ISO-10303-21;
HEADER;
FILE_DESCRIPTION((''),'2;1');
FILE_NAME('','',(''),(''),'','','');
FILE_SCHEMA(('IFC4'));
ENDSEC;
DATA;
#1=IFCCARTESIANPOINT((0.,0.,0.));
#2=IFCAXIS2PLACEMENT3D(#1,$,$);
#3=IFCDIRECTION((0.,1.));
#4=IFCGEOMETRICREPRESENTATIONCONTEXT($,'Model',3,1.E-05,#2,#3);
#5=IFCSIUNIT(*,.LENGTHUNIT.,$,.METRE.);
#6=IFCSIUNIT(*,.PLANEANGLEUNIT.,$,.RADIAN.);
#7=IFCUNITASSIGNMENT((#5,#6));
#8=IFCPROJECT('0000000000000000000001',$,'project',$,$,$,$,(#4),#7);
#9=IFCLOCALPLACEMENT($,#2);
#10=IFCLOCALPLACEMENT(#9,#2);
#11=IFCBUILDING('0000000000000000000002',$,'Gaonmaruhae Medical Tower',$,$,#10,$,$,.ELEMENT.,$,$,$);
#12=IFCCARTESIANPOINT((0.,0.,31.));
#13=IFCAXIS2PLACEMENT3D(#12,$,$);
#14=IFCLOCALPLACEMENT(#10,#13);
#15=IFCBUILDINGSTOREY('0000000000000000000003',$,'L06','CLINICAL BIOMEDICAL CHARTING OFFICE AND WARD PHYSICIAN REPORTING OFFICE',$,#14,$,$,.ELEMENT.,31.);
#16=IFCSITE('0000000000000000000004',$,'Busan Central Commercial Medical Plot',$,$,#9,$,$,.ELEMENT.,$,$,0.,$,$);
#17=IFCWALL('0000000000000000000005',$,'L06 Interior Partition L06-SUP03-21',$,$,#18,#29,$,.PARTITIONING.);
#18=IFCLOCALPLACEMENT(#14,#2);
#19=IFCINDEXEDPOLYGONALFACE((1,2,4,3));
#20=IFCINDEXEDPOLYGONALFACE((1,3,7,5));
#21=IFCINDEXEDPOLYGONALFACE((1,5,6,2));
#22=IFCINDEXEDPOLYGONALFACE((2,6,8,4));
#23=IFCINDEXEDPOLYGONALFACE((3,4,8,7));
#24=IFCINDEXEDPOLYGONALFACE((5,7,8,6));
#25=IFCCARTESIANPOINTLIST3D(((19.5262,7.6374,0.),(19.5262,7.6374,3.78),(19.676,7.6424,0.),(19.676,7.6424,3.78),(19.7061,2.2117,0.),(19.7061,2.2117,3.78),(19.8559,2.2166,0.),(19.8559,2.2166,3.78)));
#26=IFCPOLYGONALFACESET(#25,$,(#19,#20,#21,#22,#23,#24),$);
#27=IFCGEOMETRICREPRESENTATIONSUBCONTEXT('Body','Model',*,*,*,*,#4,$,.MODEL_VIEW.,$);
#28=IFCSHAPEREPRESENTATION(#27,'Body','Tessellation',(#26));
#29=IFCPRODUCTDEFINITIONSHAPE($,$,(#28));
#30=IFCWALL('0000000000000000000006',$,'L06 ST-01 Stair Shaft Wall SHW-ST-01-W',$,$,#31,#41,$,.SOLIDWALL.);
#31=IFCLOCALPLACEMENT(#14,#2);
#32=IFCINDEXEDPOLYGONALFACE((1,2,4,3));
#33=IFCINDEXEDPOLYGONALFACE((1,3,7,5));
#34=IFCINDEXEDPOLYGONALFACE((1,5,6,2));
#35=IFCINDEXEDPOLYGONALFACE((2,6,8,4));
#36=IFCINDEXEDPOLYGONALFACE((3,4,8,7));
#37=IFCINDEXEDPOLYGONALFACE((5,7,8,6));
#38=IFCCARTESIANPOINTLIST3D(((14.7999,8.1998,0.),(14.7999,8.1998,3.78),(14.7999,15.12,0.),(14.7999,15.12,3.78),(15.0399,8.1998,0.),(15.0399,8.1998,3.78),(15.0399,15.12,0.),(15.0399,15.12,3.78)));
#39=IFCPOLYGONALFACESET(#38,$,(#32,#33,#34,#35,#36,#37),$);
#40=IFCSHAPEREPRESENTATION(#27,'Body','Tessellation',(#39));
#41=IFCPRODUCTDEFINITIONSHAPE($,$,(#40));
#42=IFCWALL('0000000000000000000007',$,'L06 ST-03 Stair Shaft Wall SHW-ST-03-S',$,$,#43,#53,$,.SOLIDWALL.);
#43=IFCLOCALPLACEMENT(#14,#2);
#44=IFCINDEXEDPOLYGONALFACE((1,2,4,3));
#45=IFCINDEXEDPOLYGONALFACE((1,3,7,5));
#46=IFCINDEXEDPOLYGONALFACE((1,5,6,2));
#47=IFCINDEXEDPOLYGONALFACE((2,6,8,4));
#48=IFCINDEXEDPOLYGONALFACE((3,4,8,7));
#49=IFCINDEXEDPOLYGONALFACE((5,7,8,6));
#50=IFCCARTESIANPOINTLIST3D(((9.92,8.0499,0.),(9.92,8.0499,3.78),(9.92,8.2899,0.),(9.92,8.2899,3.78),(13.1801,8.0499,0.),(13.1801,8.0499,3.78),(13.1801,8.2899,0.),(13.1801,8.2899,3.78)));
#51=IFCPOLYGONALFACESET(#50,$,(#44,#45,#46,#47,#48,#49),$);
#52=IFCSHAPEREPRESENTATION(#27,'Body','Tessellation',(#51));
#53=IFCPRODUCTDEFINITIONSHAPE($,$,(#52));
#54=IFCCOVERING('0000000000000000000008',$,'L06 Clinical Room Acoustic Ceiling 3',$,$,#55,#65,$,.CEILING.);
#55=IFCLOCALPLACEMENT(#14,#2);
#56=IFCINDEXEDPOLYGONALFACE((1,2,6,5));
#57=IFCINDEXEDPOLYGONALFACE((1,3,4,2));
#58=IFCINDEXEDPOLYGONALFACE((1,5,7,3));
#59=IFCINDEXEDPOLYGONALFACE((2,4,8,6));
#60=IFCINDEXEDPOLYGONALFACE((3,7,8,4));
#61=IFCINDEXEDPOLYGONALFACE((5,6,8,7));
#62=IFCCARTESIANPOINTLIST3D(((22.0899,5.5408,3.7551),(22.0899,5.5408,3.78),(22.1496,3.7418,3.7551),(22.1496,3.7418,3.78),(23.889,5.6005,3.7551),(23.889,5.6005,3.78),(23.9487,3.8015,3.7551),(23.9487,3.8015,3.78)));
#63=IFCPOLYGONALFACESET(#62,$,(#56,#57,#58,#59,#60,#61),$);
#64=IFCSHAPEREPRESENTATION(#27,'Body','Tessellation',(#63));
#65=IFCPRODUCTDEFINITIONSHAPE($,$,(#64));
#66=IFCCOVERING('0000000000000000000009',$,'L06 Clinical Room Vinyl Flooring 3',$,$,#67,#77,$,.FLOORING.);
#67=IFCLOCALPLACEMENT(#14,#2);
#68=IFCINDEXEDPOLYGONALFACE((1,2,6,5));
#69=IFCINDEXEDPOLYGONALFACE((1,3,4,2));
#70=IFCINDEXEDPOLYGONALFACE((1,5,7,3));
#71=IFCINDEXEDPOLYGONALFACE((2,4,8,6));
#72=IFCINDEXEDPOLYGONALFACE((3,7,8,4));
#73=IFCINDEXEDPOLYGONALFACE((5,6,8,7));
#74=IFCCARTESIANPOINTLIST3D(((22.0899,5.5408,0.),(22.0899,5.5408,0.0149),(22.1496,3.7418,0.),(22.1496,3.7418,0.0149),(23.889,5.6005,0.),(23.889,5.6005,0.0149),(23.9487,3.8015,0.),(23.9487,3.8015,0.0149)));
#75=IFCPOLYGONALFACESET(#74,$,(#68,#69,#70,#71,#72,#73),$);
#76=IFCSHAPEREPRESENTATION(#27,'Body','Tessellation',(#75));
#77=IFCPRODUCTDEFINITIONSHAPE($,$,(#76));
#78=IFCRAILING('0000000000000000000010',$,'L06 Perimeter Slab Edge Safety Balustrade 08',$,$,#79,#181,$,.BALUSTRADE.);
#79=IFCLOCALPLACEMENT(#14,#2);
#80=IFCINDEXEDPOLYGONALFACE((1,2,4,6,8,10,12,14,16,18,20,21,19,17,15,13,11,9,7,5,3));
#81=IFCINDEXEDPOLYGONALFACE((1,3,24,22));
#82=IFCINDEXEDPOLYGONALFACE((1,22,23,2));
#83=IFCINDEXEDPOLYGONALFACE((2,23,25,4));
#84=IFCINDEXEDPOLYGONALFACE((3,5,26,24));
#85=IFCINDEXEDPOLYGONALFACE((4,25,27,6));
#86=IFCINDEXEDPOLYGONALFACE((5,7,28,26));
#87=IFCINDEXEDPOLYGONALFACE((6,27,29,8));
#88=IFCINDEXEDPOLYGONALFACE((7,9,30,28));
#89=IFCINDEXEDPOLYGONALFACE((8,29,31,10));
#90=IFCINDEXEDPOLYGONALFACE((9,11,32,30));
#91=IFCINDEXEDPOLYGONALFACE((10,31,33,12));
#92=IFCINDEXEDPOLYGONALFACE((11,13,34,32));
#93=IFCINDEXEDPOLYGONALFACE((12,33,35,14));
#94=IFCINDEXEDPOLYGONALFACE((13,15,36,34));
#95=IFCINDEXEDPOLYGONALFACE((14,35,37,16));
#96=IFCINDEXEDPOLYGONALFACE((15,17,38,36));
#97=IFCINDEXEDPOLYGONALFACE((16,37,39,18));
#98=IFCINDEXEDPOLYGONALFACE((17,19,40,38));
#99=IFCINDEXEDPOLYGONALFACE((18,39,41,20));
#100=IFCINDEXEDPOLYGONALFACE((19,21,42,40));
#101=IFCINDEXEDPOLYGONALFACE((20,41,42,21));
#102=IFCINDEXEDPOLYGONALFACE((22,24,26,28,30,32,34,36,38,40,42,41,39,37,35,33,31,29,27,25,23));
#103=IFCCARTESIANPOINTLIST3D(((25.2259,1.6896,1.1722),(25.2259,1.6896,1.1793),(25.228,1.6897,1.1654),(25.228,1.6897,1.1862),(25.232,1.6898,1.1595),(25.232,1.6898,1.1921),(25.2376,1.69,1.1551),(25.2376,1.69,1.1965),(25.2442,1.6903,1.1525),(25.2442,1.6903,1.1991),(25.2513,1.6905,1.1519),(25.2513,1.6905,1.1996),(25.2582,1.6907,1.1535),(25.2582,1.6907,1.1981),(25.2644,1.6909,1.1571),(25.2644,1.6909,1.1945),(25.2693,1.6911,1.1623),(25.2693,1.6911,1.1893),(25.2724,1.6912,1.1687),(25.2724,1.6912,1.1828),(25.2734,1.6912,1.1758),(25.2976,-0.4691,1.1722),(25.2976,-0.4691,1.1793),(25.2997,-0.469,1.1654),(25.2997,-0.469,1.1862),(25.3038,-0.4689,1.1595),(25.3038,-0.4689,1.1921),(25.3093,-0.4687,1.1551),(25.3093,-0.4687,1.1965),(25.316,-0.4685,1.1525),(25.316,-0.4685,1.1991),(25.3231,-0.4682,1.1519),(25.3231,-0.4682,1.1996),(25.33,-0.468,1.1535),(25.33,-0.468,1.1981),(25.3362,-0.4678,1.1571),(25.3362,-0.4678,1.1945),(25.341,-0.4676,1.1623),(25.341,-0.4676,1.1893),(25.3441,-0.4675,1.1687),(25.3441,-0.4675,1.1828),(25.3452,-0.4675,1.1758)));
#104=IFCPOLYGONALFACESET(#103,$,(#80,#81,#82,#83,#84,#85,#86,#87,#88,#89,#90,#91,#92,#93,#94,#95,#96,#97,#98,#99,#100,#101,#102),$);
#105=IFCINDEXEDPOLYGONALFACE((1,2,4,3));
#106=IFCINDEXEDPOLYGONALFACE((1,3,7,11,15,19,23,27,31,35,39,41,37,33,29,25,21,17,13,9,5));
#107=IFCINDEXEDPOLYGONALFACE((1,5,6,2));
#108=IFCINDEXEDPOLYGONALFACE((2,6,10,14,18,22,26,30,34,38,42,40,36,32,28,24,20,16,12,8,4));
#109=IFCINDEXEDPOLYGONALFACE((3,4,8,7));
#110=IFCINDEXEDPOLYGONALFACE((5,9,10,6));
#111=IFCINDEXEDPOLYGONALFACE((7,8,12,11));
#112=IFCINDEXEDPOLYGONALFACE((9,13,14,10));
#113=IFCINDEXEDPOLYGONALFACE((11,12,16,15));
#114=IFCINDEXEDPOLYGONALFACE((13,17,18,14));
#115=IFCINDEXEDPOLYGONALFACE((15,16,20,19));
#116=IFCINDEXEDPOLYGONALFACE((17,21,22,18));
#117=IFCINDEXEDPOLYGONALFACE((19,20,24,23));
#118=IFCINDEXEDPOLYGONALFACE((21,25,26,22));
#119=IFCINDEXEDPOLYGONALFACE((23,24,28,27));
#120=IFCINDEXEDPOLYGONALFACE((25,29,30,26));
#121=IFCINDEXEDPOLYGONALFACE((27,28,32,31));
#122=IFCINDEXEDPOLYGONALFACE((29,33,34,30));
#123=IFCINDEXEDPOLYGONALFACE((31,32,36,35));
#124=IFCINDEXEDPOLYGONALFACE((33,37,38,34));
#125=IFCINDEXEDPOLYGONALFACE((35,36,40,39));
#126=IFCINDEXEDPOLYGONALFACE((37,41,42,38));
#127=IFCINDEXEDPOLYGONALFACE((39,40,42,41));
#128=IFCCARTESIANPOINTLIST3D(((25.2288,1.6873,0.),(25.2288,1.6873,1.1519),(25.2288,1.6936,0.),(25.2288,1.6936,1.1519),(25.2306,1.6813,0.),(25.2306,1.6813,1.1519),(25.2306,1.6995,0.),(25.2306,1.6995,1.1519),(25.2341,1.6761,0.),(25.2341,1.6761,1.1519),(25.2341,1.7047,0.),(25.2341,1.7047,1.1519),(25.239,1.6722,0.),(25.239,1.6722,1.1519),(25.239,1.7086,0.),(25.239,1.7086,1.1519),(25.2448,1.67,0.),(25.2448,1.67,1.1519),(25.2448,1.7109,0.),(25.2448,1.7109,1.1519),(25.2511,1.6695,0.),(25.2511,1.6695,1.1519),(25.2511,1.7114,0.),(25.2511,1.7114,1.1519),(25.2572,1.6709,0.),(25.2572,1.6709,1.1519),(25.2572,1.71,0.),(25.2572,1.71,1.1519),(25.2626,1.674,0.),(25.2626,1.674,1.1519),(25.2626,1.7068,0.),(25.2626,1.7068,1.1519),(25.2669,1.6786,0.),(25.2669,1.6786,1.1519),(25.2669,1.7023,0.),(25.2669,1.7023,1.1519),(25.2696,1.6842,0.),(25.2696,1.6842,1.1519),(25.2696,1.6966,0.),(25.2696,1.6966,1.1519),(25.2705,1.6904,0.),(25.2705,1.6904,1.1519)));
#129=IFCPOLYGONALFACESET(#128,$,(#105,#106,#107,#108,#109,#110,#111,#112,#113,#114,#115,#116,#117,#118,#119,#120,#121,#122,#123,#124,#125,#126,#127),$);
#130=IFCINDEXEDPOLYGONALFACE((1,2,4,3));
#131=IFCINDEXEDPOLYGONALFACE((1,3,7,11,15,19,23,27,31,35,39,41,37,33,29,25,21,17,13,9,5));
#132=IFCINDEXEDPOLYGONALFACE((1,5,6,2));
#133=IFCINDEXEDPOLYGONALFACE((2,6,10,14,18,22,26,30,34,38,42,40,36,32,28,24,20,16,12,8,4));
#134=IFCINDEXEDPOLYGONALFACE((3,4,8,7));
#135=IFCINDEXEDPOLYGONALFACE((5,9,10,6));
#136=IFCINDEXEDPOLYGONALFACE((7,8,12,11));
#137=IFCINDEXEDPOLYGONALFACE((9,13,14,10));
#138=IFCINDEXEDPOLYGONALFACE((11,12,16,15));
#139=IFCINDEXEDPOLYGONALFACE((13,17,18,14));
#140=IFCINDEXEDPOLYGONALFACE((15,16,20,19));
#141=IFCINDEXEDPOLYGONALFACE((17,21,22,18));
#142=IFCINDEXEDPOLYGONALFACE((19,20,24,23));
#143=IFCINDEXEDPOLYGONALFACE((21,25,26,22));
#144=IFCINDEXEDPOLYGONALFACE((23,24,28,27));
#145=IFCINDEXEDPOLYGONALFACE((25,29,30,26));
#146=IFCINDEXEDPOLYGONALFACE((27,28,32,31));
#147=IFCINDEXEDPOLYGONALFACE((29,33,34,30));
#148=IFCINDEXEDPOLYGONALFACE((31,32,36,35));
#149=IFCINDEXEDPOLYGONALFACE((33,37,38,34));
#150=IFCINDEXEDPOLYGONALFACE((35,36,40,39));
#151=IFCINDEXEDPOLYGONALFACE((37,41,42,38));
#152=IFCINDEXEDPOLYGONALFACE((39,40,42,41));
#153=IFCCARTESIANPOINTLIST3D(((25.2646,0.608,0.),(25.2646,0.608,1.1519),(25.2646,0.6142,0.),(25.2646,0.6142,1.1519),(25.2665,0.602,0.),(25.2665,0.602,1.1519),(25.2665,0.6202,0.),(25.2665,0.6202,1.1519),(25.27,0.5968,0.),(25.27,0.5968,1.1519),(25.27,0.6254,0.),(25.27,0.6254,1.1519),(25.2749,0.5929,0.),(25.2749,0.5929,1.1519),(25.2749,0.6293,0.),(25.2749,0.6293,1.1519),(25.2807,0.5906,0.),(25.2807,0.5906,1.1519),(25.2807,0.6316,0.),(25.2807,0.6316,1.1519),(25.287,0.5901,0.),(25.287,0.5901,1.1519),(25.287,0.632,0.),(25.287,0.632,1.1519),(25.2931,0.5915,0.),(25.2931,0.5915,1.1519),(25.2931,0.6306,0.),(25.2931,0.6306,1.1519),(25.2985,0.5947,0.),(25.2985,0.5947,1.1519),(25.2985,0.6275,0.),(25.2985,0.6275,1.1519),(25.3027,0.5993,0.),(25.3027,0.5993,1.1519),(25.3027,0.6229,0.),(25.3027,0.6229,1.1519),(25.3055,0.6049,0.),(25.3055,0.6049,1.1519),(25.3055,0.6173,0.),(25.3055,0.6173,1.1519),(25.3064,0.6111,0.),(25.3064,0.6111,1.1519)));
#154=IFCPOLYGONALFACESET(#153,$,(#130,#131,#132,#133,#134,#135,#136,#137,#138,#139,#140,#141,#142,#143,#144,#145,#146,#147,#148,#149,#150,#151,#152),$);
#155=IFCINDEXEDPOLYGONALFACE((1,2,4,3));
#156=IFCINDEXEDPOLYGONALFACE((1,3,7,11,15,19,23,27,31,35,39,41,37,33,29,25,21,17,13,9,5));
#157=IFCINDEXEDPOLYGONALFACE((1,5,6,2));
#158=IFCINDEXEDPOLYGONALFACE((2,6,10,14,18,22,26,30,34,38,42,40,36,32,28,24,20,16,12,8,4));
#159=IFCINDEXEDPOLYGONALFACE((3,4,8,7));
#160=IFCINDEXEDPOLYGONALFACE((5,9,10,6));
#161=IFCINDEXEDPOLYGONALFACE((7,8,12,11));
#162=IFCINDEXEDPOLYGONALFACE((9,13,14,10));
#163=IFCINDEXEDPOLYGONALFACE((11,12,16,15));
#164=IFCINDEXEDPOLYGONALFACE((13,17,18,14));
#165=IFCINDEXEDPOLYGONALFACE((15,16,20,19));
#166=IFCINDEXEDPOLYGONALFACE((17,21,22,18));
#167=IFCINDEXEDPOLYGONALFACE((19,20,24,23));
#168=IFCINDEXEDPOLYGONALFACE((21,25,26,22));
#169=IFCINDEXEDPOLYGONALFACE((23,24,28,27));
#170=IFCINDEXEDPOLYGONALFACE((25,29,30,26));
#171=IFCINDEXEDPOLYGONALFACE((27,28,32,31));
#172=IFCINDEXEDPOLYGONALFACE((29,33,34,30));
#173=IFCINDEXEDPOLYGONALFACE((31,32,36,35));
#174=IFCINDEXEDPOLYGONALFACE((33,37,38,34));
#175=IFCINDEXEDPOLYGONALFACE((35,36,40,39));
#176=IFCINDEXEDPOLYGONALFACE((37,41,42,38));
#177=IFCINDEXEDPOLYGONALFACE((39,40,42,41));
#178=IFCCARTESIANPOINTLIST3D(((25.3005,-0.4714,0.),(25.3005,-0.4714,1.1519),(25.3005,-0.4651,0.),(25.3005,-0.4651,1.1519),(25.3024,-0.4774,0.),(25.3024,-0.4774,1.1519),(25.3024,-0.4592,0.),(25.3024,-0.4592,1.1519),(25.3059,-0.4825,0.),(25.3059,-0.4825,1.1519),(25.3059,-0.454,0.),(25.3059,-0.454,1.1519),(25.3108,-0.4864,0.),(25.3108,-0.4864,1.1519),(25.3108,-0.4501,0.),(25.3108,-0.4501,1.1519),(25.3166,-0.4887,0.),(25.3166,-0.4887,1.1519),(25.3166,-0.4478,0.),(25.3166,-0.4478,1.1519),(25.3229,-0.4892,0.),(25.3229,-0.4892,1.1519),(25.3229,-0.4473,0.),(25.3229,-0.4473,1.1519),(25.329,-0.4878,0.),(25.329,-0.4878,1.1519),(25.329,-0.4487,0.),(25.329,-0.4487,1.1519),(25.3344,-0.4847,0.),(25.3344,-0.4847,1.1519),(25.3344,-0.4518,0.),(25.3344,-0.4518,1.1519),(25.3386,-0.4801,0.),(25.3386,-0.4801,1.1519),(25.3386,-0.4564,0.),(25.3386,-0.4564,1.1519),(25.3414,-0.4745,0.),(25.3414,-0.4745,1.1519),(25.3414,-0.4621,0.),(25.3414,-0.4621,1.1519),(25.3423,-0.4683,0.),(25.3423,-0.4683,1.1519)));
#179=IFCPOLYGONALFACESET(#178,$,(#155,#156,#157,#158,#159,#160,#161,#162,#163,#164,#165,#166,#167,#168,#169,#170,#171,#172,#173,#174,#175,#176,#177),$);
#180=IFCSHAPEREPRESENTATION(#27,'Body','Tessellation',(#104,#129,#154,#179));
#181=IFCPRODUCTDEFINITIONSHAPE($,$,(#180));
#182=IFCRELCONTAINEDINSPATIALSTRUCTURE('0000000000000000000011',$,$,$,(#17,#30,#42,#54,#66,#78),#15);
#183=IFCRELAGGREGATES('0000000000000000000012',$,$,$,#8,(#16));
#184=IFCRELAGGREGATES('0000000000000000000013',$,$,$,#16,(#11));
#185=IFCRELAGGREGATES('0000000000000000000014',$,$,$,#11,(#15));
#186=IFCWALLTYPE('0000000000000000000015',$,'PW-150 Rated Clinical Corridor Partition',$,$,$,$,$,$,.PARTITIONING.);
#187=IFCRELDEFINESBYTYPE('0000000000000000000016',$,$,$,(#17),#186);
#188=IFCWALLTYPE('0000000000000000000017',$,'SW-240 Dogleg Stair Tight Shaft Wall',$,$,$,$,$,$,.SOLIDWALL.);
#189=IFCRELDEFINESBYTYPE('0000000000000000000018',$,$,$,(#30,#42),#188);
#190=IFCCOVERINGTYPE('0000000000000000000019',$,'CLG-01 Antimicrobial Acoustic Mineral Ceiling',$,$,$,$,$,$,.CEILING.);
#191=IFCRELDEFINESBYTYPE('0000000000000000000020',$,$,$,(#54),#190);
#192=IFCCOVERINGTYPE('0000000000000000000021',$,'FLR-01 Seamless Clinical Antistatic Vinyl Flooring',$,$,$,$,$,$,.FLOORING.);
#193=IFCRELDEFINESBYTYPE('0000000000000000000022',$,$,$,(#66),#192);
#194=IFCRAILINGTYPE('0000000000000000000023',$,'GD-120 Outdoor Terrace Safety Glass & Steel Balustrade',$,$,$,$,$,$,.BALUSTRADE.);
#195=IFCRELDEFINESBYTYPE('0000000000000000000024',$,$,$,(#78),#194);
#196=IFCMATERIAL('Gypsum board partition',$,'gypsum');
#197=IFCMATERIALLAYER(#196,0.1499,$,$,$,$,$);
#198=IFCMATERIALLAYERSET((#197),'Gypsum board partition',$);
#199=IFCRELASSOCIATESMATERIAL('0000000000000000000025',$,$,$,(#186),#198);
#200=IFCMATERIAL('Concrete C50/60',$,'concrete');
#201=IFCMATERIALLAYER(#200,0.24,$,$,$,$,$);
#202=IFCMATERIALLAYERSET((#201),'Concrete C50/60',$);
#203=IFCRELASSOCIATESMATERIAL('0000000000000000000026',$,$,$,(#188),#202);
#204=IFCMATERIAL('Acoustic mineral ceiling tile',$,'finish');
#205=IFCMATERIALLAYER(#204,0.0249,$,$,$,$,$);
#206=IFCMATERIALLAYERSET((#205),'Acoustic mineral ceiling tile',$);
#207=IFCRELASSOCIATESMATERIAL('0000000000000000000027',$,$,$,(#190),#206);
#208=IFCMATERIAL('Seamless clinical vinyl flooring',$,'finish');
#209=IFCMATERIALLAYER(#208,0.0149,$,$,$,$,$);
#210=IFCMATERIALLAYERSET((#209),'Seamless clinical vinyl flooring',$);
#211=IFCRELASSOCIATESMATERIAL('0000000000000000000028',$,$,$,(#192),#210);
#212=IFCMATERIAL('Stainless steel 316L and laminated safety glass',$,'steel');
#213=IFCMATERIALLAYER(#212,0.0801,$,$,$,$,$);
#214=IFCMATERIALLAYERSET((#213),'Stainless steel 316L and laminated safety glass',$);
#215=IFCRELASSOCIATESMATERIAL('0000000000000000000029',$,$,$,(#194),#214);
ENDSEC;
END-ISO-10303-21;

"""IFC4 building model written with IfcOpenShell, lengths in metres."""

from ifc_helpers import new_model, si_unit, direction, frame, frame_2d, origin, origin_2d, place, context, subcontext, project, spatial, rectangle, circle, extrude, material, layer, layer_set, type_object, element, save


model = new_model("IFC4")

# Units and contexts
model_context = context("Model", 3, precision=1e-05, world=origin(), true_north=direction((0.0, 1.0)))
body_context = subcontext(model_context, "Body", "Model", "MODEL_VIEW")
ifc_project = project(units=[si_unit("LENGTHUNIT", "METRE"), si_unit("PLANEANGLEUNIT", "RADIAN")], contexts=[model_context])

# Site, building, storey
site_placement = place(None, origin())
site = spatial("IfcSite", under=ifc_project, at=site_placement, Name="Busan Central Commercial Medical Plot", CompositionType="ELEMENT", RefElevation=0.0)
building_placement = place(site_placement, origin())
building = spatial("IfcBuilding", under=site, at=building_placement, Name="Gaonmaruhae Medical Tower", CompositionType="ELEMENT")
storey_placement = place(building_placement, frame((0.0, 0.0, 31.0)))
storey = spatial("IfcBuildingStorey", under=building, at=storey_placement, Name="L06", Description="CLINICAL BIOMEDICAL CHARTING OFFICE AND WARD PHYSICIAN REPORTING OFFICE", CompositionType="ELEMENT", Elevation=31.0)

# Walls
ifc_material_1 = material(Name="Gypsum board partition", Category="gypsum")
ifc_layer_1 = layer(ifc_material_1, 0.1499)
ifc_layer_set_1 = layer_set([ifc_layer_1], Name="Gypsum board partition")
wall_type_1 = type_object("IfcWallType", Name="PW-150 Rated Clinical Corridor Partition", PredefinedType="PARTITIONING", material=ifc_layer_set_1)
wall_1_placement = place(storey_placement, frame((19.6011, 7.6399, 0.0), z_axis=(0.0, 0.0, 1.0), x_axis=(0.033144, -0.999451, 0.0)))
element("IfcWall", 1, at=wall_1_placement, inside=storey, type_object=wall_type_1, Name="L06 Interior Partition L06-SUP03-21", PredefinedType="PARTITIONING", context=body_context, shape_type="SweptSolid", body=[
    extrude(rectangle(XDim=5.4287, YDim=0.1499, at=frame_2d((2.7144, 0.0))), origin(), (0.0, 0.0, 1.0), 3.78),
])
ifc_material_2 = material(Name="Concrete C50/60", Category="concrete")
ifc_layer_2 = layer(ifc_material_2, 0.24)
ifc_layer_set_2 = layer_set([ifc_layer_2], Name="Concrete C50/60")
wall_type_2 = type_object("IfcWallType", Name="SW-240 Dogleg Stair Tight Shaft Wall", PredefinedType="SOLIDWALL", material=ifc_layer_set_2)
wall_2_placement = place(storey_placement, frame((14.9199, 8.2, 0.0), z_axis=(0.0, 0.0, 1.0), x_axis=(0.0, 1.0, 0.0)))
element("IfcWall", 2, at=wall_2_placement, inside=storey, type_object=wall_type_2, Name="L06 ST-01 Stair Shaft Wall SHW-ST-01-W", PredefinedType="SOLIDWALL", context=body_context, shape_type="SweptSolid", body=[
    extrude(rectangle(XDim=6.9202, YDim=0.24, at=frame_2d((3.46, 0.0))), origin(), (0.0, 0.0, 1.0), 3.78),
])
wall_3_placement = place(storey_placement, frame((13.1799, 8.1699, 0.0), z_axis=(0.0, 0.0, 1.0), x_axis=(-1.0, 0.0, 0.0)))
element("IfcWall", 3, at=wall_3_placement, inside=storey, type_object=wall_type_2, Name="L06 ST-03 Stair Shaft Wall SHW-ST-03-S", PredefinedType="SOLIDWALL", context=body_context, shape_type="SweptSolid", body=[
    extrude(rectangle(XDim=3.26, YDim=0.24, at=frame_2d((1.6299, 0.0))), origin(), (0.0, 0.0, 1.0), 3.78),
])

# Coverings
ifc_material_3 = material(Name="Acoustic mineral ceiling tile", Category="finish")
ifc_layer_3 = layer(ifc_material_3, 0.0249)
ifc_layer_set_3 = layer_set([ifc_layer_3], Name="Acoustic mineral ceiling tile")
covering_type_1 = type_object("IfcCoveringType", Name="CLG-01 Antimicrobial Acoustic Mineral Ceiling", PredefinedType="CEILING", material=ifc_layer_set_3)
covering_1_placement = place(storey_placement, frame((23.0193, 4.6711, 3.7551), z_axis=(0.0, 0.0, 1.0), x_axis=(0.99945, 0.033155, 0.0)))
element("IfcCovering", 4, at=covering_1_placement, inside=storey, type_object=covering_type_1, Name="L06 Clinical Room Acoustic Ceiling 3", PredefinedType="CEILING", context=body_context, shape_type="SweptSolid", body=[
    extrude(rectangle(XDim=1.8, YDim=1.8, at=origin_2d()), origin(), (0.0, 0.0, 1.0), 0.0249),
])
ifc_material_4 = material(Name="Seamless clinical vinyl flooring", Category="finish")
ifc_layer_4 = layer(ifc_material_4, 0.0149)
ifc_layer_set_4 = layer_set([ifc_layer_4], Name="Seamless clinical vinyl flooring")
covering_type_2 = type_object("IfcCoveringType", Name="FLR-01 Seamless Clinical Antistatic Vinyl Flooring", PredefinedType="FLOORING", material=ifc_layer_set_4)
covering_2_placement = place(storey_placement, frame((23.0193, 4.6711, 0.0), z_axis=(0.0, 0.0, 1.0), x_axis=(0.99945, 0.033155, 0.0)))
element("IfcCovering", 5, at=covering_2_placement, inside=storey, type_object=covering_type_2, Name="L06 Clinical Room Vinyl Flooring 3", PredefinedType="FLOORING", context=body_context, shape_type="SweptSolid", body=[
    extrude(rectangle(XDim=1.8, YDim=1.8, at=origin_2d()), origin(), (0.0, 0.0, 1.0), 0.0149),
])

# Railing
ifc_material_5 = material(Name="Stainless steel 316L and laminated safety glass", Category="steel")
ifc_layer_5 = layer(ifc_material_5, 0.0801)
ifc_layer_set_5 = layer_set([ifc_layer_5], Name="Stainless steel 316L and laminated safety glass")
railing_type = type_object("IfcRailingType", Name="GD-120 Outdoor Terrace Safety Glass & Steel Balustrade", PredefinedType="BALUSTRADE", material=ifc_layer_set_5)
railing_1_placement = place(storey_placement, frame((25.2495, 1.6904, 0.0)))
element("IfcRailing", 6, at=railing_1_placement, inside=storey, type_object=railing_type, Name="L06 Perimeter Slab Edge Safety Balustrade 08", PredefinedType="BALUSTRADE", context=body_context, shape_type="SweptSolid", body=[
    extrude(circle(Radius=0.0239, at=origin_2d()), frame((0.0, 0.0, 1.1758), z_axis=(0.033232, -0.999448, 0.0), x_axis=(0.999448, 0.033232, 0.0)), (0.0, 0.0, 1.0), 2.1599),
    extrude(circle(Radius=0.021, at=origin_2d()), origin(), (0.0, 0.0, 1.0), 1.1519),
    extrude(circle(Radius=0.021, at=origin_2d()), frame((0.0359, -1.0793, 0.0)), (0.0, 0.0, 1.0), 1.1519),
    extrude(circle(Radius=0.021, at=origin_2d()), frame((0.0718, -2.1587, 0.0)), (0.0, 0.0, 1.0), 1.1519),
])

save(model, "model.ifc")
